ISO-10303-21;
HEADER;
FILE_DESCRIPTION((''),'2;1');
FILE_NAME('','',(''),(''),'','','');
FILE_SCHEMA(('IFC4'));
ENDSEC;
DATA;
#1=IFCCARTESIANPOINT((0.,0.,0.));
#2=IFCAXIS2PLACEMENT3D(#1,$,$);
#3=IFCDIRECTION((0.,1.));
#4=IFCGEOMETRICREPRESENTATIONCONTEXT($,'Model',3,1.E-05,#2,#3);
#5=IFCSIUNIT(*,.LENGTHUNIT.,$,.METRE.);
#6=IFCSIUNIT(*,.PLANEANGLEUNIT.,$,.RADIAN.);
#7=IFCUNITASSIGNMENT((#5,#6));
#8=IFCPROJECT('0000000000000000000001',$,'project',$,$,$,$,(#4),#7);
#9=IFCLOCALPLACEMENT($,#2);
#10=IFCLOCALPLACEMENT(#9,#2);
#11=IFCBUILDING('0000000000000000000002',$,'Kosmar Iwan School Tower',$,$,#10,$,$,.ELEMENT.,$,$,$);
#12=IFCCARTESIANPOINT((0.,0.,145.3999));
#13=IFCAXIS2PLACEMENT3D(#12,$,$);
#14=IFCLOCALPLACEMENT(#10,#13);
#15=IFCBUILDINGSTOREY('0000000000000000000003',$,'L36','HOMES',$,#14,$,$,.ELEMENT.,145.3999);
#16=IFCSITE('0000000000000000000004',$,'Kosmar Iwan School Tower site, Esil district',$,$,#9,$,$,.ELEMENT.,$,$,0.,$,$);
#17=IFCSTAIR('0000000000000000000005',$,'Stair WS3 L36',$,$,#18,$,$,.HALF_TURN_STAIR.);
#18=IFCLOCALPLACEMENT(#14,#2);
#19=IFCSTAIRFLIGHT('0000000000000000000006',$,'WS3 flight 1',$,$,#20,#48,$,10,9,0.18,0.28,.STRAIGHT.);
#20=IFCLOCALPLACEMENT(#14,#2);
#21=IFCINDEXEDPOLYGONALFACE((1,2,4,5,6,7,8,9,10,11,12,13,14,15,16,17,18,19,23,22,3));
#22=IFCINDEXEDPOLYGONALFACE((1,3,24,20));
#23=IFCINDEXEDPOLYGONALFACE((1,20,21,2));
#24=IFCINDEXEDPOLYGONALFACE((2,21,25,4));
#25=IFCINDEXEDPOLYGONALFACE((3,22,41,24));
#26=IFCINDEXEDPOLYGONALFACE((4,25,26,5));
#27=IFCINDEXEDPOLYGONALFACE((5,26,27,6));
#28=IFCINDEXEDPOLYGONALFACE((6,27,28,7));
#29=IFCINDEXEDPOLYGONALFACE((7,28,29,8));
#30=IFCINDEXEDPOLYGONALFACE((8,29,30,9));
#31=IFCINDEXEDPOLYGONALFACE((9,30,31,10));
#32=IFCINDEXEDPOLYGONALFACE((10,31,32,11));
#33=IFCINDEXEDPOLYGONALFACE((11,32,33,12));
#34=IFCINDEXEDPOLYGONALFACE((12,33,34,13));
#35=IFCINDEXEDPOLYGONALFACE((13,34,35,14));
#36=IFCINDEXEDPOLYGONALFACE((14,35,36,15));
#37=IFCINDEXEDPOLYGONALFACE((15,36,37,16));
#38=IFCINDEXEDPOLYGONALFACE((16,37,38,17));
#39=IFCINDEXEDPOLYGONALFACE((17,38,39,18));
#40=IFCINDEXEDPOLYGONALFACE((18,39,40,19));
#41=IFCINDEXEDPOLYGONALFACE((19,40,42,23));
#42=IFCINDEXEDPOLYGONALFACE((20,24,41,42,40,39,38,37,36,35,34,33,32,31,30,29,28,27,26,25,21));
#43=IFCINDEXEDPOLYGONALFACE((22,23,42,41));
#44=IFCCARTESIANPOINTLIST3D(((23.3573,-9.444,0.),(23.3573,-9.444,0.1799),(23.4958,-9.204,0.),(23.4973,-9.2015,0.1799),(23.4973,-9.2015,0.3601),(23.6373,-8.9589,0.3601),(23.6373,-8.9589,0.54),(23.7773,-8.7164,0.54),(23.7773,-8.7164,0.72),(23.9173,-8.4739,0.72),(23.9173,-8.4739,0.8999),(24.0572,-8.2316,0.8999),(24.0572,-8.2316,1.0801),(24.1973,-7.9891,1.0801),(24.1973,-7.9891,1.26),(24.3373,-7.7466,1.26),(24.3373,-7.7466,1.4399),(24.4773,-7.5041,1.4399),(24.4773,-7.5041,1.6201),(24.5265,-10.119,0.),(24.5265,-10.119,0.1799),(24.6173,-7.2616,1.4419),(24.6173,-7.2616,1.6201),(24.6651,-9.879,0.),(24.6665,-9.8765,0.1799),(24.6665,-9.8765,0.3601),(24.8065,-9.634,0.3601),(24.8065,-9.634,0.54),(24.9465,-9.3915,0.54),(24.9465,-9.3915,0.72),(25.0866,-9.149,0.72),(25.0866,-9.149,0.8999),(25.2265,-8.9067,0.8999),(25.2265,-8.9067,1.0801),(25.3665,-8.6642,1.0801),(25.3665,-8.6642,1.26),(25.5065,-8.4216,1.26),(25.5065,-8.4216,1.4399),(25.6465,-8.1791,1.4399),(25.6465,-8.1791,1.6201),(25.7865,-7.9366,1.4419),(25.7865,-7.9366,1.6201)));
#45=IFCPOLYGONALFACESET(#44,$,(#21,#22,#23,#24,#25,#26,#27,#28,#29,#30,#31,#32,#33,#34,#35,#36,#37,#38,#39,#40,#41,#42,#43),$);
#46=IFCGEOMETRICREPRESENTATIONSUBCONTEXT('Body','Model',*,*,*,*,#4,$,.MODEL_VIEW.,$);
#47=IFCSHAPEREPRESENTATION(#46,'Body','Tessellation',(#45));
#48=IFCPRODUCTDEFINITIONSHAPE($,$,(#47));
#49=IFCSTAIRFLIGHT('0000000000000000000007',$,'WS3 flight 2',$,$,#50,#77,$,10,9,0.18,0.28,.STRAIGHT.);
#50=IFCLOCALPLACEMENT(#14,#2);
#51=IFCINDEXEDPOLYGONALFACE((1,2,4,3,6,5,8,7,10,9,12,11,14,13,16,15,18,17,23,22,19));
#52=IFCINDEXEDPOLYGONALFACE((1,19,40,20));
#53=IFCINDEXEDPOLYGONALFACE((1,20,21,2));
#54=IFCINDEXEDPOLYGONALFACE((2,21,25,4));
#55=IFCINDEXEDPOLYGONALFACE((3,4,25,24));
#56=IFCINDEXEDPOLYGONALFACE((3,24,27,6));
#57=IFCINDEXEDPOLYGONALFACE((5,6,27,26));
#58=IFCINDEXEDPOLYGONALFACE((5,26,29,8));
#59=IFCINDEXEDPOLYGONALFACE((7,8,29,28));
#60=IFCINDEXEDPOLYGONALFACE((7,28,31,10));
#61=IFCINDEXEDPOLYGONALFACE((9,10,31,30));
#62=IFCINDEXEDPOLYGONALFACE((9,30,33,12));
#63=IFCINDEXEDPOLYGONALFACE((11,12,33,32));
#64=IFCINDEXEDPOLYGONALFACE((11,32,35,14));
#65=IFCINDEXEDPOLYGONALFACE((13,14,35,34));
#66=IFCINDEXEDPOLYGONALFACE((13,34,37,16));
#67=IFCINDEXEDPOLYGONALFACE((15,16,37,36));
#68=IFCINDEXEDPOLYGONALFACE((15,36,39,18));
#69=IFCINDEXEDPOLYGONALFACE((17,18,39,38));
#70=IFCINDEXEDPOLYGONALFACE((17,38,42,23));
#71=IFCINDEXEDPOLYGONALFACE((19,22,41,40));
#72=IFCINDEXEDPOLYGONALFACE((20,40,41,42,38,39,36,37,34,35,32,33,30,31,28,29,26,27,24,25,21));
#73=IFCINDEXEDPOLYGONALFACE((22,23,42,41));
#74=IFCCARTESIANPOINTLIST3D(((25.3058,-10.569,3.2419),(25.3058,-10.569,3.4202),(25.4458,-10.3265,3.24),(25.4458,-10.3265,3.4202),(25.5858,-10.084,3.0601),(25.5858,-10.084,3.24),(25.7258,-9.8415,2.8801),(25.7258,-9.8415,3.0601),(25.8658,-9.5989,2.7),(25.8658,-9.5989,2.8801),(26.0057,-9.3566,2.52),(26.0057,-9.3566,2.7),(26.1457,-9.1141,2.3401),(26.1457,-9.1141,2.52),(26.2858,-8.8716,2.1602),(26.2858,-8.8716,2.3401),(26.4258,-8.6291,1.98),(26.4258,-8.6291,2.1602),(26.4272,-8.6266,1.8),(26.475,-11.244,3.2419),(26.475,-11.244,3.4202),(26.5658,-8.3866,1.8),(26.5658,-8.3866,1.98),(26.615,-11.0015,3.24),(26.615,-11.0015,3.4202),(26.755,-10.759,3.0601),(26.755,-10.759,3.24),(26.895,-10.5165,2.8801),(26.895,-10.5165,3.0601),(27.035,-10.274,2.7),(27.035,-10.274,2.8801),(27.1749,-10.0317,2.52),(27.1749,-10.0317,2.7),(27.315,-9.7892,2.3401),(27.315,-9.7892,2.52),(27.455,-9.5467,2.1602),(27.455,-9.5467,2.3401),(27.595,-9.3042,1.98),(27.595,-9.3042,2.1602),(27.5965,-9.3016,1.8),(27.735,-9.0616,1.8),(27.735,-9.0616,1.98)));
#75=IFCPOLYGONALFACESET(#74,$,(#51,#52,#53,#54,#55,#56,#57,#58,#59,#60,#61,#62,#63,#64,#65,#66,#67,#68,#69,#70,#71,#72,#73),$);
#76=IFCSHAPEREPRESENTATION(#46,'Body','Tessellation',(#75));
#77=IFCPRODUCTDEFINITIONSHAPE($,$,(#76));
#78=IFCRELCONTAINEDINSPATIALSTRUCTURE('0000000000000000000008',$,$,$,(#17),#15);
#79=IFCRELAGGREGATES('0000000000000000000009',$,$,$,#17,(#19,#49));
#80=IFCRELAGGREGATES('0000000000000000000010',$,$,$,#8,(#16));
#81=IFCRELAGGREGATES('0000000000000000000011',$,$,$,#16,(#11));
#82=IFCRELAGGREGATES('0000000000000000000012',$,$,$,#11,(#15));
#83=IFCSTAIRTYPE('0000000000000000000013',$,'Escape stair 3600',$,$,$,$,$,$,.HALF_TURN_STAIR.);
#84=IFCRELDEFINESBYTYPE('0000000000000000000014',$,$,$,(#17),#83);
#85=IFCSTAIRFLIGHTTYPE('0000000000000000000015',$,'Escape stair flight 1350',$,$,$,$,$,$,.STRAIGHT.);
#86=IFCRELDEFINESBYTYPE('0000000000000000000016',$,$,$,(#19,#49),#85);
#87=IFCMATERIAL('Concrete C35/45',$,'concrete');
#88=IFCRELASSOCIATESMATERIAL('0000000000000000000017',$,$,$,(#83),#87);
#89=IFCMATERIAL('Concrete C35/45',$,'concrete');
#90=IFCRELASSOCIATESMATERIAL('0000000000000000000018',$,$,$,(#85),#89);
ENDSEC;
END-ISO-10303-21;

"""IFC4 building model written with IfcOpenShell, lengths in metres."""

from ifc_helpers import new_model, si_unit, direction, frame, origin, place, context, subcontext, project, spatial, polyline, outline, extrude, material, type_object, element, aggregate, save


model = new_model("IFC4")

# Units and contexts
model_context = context("Model", 3, precision=1e-05, world=origin(), true_north=direction((0.0, 1.0)))
body_context = subcontext(model_context, "Body", "Model", "MODEL_VIEW")
ifc_project = project(units=[si_unit("LENGTHUNIT", "METRE"), si_unit("PLANEANGLEUNIT", "RADIAN")], contexts=[model_context])

# Site, building, storey
site_placement = place(None, origin())
site = spatial("IfcSite", under=ifc_project, at=site_placement, Name="Kosmar Iwan School Tower site, Esil district", CompositionType="ELEMENT", RefElevation=0.0)
building_placement = place(site_placement, origin())
building = spatial("IfcBuilding", under=site, at=building_placement, Name="Kosmar Iwan School Tower", CompositionType="ELEMENT")
storey_placement = place(building_placement, frame((0.0, 0.0, 145.3999)))
storey = spatial("IfcBuildingStorey", under=building, at=storey_placement, Name="L36", Description="HOMES", CompositionType="ELEMENT", Elevation=145.3999)

# Stair, stair flights
ifc_material_1 = material(Name="Concrete C35/45", Category="concrete")
stair_type = type_object("IfcStairType", Name="Escape stair 3600", PredefinedType="HALF_TURN_STAIR", material=ifc_material_1)
stair_placement = place(storey_placement, origin())
stair = element("IfcStair", 1, at=stair_placement, inside=storey, type_object=stair_type, Name="Stair WS3 L36", PredefinedType="HALF_TURN_STAIR")
ifc_material_2 = material(Name="Concrete C35/45", Category="concrete")
stair_flight_type = type_object("IfcStairFlightType", Name="Escape stair flight 1350", PredefinedType="STRAIGHT", material=ifc_material_2)
stair_flight_1_placement = place(storey_placement, frame((23.9419, -9.7815, 0.0), z_axis=(0.0, 0.0, 1.0), x_axis=(0.5, 0.866025, 0.0)))
stair_flight_1 = element("IfcStairFlight", 2, at=stair_flight_1_placement, type_object=stair_flight_type, Name="WS3 flight 1", NumberOfRisers=10, NumberOfTreads=9, PredefinedType="STRAIGHT", RiserHeight=0.18, TreadLength=0.28, context=body_context, shape_type="SweptSolid", body=[
    extrude(outline(polyline([(0.0, 0.0), (0.0, 0.1799), (0.28, 0.1799), (0.28, 0.3601), (0.5601, 0.3601), (0.5601, 0.54), (0.8401, 0.54), (0.8401, 0.72), (1.1201, 0.72), (1.1201, 0.8999), (1.3999, 0.8999), (1.3999, 1.0801), (1.6799, 1.0801), (1.6799, 1.26), (1.96, 1.26), (1.96, 1.4399), (2.24, 1.4399), (2.24, 1.6201), (2.52, 1.6201), (2.52, 1.8), (2.52, 1.4419), (0.2771, 0.0), (0.0, 0.0)])), frame((0.0, 0.675, 0.0), z_axis=(0.0, -1.0, 0.0), x_axis=(1.0, 0.0, 0.0)), (0.0, 0.0, 1.0), 1.3501),
])
stair_flight_2_placement = place(storey_placement, frame((27.1504, -8.7241, 1.8), z_axis=(0.0, 0.0, 1.0), x_axis=(-0.5, -0.866025, 0.0)))
stair_flight_2 = element("IfcStairFlight", 3, at=stair_flight_2_placement, type_object=stair_flight_type, Name="WS3 flight 2", NumberOfRisers=10, NumberOfTreads=9, PredefinedType="STRAIGHT", RiserHeight=0.18, TreadLength=0.28, context=body_context, shape_type="SweptSolid", body=[
    extrude(outline(polyline([(0.0, 0.0), (0.0, 0.1799), (0.28, 0.1799), (0.28, 0.3601), (0.5601, 0.3601), (0.5601, 0.54), (0.8401, 0.54), (0.8401, 0.72), (1.1201, 0.72), (1.1201, 0.8999), (1.3999, 0.8999), (1.3999, 1.0801), (1.6799, 1.0801), (1.6799, 1.26), (1.96, 1.26), (1.96, 1.4399), (2.24, 1.4399), (2.24, 1.6201), (2.52, 1.6201), (2.52, 1.8), (2.52, 1.4419), (0.2771, 0.0), (0.0, 0.0)])), frame((0.0, 0.675, 0.0), z_axis=(0.0, -1.0, 0.0), x_axis=(1.0, 0.0, 0.0)), (0.0, 0.0, 1.0), 1.3501),
])
aggregate(stair, [stair_flight_1, stair_flight_2])

save(model, "model.ifc")
